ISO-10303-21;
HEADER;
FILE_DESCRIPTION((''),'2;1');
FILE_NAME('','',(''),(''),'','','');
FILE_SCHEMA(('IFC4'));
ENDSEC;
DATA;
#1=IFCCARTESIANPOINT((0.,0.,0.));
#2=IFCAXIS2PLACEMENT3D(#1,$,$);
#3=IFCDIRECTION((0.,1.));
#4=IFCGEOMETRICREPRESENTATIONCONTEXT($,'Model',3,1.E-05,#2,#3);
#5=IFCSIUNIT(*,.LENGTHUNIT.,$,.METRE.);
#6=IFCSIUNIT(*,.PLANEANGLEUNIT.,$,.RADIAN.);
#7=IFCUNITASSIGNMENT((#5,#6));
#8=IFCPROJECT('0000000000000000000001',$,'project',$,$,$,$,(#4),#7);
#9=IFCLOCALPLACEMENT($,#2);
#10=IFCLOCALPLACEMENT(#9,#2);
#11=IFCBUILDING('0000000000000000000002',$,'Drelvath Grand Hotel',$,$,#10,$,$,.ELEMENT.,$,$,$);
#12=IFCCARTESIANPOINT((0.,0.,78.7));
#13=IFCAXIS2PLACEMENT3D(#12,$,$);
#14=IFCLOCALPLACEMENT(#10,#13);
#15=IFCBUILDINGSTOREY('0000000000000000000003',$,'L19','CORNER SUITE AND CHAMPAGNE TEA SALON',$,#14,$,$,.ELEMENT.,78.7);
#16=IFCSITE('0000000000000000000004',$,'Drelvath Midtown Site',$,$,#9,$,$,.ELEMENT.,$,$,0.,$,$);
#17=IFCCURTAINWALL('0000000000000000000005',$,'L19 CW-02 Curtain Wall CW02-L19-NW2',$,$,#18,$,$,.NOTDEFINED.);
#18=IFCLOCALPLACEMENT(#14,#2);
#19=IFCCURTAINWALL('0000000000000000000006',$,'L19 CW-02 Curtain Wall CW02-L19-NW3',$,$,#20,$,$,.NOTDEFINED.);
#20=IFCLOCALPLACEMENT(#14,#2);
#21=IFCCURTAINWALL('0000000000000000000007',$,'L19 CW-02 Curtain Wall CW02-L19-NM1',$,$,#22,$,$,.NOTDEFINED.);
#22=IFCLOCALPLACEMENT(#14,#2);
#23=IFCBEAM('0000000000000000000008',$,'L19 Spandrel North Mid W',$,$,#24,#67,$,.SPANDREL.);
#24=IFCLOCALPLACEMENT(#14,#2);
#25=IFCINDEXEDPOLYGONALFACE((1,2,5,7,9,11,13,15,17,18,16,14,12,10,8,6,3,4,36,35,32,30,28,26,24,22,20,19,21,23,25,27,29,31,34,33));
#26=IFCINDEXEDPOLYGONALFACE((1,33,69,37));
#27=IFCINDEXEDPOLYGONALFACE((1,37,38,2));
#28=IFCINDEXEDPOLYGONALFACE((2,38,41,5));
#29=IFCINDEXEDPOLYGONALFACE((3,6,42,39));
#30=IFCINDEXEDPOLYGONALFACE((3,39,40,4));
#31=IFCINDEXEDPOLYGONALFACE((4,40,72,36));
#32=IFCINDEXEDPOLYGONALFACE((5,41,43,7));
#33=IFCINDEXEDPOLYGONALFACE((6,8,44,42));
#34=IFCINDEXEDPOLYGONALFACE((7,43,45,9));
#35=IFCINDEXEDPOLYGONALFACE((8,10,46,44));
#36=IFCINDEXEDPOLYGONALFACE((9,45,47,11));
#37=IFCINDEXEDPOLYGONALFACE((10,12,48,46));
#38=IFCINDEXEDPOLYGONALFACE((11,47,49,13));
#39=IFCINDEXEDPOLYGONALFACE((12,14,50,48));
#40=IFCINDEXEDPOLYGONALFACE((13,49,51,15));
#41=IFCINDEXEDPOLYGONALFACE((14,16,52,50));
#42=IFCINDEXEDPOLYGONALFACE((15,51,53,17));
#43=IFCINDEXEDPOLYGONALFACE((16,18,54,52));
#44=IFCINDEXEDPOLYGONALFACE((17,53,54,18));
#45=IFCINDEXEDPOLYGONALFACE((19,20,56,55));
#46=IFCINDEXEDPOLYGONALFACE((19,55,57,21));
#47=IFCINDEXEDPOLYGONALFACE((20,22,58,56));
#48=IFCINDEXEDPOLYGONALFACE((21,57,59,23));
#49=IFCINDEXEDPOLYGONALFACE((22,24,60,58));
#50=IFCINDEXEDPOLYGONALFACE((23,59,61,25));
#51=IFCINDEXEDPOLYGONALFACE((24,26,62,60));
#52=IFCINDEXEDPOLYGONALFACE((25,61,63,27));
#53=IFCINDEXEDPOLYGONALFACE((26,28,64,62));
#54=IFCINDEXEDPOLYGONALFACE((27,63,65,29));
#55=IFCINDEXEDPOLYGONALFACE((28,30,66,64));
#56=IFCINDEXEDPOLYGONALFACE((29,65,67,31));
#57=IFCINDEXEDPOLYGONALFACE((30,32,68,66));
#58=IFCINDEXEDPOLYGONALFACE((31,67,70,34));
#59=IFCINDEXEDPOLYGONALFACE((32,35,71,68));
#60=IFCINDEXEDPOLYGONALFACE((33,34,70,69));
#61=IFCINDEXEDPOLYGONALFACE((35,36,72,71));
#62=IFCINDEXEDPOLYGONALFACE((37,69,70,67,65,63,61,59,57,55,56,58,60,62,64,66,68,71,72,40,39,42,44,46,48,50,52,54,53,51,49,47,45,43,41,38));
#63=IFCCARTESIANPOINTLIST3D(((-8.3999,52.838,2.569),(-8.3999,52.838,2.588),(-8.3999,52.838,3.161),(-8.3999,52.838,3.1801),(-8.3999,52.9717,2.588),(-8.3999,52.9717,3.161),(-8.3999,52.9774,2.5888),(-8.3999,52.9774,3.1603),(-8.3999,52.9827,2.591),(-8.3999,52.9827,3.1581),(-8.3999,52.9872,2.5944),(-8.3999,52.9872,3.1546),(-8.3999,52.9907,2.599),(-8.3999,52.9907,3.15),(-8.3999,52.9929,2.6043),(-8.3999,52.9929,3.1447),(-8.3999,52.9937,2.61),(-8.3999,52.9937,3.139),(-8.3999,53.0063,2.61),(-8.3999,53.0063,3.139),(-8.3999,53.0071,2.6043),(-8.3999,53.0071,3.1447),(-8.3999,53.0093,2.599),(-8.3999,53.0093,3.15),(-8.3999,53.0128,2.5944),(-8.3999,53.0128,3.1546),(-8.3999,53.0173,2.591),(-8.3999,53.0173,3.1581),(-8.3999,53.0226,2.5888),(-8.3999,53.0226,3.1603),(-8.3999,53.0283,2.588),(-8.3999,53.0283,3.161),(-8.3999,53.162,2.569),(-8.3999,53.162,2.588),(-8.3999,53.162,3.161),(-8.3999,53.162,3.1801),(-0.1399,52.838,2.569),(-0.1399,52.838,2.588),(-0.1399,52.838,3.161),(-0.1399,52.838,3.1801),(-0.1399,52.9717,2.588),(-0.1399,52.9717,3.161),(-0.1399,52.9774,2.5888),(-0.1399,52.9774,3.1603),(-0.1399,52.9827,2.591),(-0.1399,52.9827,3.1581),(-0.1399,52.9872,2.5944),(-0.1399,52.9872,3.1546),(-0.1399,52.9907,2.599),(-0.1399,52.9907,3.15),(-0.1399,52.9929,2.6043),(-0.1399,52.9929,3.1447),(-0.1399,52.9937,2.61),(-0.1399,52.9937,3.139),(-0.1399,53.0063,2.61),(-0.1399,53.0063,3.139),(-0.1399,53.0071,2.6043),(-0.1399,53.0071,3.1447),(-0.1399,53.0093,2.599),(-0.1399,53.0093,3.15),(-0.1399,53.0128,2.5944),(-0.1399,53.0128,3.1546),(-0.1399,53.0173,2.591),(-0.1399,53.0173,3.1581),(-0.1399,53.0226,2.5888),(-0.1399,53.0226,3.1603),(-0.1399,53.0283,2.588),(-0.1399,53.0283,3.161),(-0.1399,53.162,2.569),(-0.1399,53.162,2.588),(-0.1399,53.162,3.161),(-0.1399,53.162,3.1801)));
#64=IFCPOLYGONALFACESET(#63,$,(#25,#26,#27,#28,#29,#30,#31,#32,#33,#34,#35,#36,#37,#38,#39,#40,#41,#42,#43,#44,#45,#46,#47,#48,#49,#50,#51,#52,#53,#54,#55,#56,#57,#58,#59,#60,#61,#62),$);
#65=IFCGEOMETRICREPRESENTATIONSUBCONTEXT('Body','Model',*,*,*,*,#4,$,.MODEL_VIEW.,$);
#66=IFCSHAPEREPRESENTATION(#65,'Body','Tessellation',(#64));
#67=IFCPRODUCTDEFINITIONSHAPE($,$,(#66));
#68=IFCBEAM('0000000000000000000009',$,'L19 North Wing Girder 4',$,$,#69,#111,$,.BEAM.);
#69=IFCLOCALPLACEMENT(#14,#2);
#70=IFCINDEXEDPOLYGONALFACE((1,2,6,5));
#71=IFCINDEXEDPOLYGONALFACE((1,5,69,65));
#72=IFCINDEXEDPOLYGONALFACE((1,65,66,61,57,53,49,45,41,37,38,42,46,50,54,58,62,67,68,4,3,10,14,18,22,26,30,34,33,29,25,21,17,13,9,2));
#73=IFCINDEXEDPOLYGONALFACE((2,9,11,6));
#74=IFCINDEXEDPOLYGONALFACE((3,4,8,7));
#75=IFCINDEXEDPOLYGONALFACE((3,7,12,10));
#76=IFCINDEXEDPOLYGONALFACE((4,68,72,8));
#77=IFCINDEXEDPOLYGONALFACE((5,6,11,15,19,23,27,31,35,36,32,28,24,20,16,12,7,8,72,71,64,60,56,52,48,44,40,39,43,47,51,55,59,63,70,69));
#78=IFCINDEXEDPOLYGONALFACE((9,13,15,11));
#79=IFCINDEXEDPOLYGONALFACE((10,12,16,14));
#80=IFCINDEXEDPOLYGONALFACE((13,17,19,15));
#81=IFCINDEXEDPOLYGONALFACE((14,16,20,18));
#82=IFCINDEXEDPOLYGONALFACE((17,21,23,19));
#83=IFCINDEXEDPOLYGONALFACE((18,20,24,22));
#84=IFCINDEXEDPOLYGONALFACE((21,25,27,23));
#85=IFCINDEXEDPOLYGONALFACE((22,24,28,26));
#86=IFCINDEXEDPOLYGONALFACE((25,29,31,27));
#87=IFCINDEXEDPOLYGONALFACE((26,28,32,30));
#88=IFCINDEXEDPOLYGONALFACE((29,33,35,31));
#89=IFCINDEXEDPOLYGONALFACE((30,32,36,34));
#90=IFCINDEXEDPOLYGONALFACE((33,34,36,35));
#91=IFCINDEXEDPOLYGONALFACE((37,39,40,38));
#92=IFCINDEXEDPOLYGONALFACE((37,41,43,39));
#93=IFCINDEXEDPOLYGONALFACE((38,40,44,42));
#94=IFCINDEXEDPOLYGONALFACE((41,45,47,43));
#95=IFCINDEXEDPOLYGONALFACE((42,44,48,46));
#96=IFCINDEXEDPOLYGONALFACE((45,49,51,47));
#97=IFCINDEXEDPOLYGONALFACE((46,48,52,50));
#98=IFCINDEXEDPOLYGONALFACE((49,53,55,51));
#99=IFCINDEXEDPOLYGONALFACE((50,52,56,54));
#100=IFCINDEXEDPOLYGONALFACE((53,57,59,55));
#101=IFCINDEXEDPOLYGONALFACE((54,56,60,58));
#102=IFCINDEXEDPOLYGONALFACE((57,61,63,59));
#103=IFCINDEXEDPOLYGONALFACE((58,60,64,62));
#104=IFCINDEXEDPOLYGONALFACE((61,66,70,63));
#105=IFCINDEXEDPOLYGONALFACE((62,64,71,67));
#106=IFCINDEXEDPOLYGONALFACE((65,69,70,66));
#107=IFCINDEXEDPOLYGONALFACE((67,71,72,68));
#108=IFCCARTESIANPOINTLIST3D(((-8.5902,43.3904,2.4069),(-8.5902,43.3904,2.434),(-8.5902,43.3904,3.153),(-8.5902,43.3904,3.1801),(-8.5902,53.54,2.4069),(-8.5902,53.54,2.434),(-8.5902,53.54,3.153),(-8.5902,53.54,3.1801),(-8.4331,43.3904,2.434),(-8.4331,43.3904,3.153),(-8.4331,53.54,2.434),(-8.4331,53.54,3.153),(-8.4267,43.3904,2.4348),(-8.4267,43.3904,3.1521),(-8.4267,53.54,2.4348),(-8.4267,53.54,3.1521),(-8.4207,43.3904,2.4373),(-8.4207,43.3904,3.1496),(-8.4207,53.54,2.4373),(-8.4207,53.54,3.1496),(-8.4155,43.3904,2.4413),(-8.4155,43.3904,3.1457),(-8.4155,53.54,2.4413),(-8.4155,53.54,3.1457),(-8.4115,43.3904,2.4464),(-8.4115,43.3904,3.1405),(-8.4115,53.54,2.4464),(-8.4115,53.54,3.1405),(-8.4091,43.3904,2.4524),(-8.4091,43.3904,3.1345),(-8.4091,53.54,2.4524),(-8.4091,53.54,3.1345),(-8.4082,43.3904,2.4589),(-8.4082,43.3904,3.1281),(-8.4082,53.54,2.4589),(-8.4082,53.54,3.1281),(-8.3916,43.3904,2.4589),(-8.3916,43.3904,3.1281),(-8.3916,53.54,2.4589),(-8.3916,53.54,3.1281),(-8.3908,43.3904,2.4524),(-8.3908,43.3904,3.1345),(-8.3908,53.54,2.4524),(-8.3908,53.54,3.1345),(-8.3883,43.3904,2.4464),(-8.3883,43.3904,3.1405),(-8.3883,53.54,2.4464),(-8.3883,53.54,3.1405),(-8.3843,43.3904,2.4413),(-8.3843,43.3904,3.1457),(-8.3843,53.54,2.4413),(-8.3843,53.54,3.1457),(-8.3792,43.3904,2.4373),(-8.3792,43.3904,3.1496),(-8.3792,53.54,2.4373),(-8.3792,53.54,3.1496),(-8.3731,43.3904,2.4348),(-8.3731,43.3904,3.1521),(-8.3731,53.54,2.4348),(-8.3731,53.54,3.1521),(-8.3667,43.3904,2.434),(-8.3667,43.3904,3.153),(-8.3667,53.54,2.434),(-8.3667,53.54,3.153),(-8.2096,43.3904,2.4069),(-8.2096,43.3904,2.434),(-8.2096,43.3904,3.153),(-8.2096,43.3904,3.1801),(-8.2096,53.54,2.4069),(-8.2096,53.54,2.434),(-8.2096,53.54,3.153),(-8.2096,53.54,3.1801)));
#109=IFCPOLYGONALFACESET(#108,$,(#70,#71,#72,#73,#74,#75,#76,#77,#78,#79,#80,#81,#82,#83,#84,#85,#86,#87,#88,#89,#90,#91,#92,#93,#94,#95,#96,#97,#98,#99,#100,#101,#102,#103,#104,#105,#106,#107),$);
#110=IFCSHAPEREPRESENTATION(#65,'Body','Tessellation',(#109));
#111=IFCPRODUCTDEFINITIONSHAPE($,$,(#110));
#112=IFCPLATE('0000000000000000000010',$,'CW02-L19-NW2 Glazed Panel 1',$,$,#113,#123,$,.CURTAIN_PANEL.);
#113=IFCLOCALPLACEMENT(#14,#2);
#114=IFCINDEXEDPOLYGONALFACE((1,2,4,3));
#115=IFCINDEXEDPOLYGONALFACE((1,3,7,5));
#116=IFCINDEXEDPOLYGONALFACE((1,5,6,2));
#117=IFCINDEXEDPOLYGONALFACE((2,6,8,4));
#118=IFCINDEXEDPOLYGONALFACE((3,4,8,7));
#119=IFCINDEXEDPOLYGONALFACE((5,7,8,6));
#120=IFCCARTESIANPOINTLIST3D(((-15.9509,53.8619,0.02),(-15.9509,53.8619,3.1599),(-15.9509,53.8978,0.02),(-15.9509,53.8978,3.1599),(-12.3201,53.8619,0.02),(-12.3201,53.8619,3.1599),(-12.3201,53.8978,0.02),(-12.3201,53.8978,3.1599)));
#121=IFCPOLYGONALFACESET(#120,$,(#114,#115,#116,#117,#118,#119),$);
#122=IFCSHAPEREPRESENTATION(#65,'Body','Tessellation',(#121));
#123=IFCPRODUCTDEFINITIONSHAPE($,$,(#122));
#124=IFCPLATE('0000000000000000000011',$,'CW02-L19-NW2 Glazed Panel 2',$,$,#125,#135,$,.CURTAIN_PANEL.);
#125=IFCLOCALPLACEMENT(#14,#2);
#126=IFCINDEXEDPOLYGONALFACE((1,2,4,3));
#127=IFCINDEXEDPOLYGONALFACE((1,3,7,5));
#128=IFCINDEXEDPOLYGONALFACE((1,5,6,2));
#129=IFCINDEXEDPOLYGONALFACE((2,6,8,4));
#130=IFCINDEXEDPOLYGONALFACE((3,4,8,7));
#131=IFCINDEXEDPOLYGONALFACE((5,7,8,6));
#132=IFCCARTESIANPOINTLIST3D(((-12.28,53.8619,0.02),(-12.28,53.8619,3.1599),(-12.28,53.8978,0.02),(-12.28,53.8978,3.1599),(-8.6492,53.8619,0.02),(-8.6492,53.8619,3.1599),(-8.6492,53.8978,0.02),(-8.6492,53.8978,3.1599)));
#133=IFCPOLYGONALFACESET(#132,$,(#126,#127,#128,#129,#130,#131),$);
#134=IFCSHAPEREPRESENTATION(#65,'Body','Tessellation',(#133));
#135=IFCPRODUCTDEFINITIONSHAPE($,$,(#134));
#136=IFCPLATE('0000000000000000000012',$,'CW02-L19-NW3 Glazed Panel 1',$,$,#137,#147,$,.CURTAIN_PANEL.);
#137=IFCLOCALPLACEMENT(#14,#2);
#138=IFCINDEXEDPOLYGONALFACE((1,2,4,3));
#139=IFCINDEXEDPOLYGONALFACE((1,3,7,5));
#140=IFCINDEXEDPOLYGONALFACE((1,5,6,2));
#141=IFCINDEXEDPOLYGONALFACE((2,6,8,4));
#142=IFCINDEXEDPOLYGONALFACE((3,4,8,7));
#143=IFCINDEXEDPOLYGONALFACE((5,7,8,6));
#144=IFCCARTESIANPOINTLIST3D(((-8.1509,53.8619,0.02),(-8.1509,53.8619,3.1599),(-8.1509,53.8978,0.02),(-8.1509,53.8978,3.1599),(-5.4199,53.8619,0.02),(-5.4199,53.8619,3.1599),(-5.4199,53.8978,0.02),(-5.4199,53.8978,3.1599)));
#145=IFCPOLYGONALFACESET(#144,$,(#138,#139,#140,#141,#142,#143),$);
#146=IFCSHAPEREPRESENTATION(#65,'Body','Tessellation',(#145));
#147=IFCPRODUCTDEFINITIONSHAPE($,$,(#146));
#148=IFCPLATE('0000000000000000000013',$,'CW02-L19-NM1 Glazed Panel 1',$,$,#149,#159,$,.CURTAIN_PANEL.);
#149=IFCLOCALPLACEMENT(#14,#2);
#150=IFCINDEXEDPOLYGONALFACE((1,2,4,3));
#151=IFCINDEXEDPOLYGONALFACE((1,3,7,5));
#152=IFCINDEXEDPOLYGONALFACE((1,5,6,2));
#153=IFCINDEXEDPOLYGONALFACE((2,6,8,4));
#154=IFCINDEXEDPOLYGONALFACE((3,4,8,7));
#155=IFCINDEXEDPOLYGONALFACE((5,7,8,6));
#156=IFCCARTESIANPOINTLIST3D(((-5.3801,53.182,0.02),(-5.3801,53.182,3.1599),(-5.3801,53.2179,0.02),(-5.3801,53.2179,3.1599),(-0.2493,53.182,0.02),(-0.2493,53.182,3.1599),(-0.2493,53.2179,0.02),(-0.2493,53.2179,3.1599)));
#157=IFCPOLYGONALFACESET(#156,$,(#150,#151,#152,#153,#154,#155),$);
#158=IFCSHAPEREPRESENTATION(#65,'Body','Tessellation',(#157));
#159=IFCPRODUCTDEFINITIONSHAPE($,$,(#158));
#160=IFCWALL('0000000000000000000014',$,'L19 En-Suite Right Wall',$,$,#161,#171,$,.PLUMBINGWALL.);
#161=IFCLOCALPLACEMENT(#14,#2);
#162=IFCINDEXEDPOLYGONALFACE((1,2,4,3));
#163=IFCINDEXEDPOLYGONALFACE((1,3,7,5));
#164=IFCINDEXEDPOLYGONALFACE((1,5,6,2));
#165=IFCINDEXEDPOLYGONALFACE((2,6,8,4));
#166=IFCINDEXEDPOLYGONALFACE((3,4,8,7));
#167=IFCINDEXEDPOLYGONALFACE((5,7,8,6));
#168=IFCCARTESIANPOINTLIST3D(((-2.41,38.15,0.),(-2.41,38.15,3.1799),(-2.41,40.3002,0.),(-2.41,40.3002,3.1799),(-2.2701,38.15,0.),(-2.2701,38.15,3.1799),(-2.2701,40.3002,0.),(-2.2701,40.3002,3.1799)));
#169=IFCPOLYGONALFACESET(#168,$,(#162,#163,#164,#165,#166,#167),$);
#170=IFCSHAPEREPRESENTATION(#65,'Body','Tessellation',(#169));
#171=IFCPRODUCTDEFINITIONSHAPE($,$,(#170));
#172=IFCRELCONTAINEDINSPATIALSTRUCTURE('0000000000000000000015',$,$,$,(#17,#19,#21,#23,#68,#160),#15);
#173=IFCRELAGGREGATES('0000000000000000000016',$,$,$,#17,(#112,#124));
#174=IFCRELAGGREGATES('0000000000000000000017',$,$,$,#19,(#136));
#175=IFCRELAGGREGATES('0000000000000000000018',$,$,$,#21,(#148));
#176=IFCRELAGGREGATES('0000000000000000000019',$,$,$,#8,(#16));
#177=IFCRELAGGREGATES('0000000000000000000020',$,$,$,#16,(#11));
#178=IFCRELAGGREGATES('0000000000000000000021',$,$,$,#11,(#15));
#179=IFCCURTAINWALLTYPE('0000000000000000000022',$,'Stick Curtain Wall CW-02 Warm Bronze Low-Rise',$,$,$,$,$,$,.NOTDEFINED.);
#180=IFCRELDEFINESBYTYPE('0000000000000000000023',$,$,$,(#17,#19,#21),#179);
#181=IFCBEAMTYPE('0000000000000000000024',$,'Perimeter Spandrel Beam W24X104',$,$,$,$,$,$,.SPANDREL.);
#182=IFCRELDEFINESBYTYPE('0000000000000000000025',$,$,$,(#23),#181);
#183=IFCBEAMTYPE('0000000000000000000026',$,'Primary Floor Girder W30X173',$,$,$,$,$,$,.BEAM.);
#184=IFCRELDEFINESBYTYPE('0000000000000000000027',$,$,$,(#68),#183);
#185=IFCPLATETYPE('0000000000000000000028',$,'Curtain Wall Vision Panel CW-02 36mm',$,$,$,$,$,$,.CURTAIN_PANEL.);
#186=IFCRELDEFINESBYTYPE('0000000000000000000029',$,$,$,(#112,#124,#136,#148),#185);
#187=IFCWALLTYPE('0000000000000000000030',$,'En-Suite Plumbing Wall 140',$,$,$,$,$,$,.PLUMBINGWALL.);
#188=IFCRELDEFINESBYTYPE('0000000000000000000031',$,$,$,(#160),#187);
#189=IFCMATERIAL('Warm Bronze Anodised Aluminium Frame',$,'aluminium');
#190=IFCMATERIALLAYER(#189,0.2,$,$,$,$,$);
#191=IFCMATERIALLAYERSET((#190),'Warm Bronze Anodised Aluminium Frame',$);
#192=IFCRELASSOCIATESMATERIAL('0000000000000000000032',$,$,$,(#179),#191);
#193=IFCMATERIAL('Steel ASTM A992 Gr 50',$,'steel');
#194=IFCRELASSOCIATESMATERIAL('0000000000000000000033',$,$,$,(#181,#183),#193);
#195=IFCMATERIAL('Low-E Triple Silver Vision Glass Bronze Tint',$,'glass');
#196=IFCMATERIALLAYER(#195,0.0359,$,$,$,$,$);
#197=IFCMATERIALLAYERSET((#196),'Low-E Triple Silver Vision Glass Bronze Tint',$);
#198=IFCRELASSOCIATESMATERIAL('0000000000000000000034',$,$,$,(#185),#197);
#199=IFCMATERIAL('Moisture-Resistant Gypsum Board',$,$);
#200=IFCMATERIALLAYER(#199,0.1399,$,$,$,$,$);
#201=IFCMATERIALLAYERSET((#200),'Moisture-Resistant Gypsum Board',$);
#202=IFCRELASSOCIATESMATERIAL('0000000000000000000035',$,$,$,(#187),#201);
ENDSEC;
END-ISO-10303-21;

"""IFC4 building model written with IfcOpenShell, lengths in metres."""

from ifc_helpers import new_model, si_unit, direction, frame, frame_2d, origin, origin_2d, place, context, subcontext, project, spatial, rectangle, i_section, extrude, material, layer, layer_set, material_profile, profile_set, type_object, element, aggregate, save


model = new_model("IFC4")

# Units and contexts
model_context = context("Model", 3, precision=1e-05, world=origin(), true_north=direction((0.0, 1.0)))
body_context = subcontext(model_context, "Body", "Model", "MODEL_VIEW")
ifc_project = project(units=[si_unit("LENGTHUNIT", "METRE"), si_unit("PLANEANGLEUNIT", "RADIAN")], contexts=[model_context])

# Site, building, storey
site_placement = place(None, origin())
site = spatial("IfcSite", under=ifc_project, at=site_placement, Name="Drelvath Midtown Site", CompositionType="ELEMENT", RefElevation=0.0)
building_placement = place(site_placement, origin())
building = spatial("IfcBuilding", under=site, at=building_placement, Name="Drelvath Grand Hotel", CompositionType="ELEMENT")
storey_placement = place(building_placement, frame((0.0, 0.0, 78.7)))
storey = spatial("IfcBuildingStorey", under=building, at=storey_placement, Name="L19", Description="CORNER SUITE AND CHAMPAGNE TEA SALON", CompositionType="ELEMENT", Elevation=78.7)

# Curtain walls
ifc_material_1 = material(Name="Warm Bronze Anodised Aluminium Frame", Category="aluminium")
ifc_layer_1 = layer(ifc_material_1, 0.2)
ifc_layer_set_1 = layer_set([ifc_layer_1], Name="Warm Bronze Anodised Aluminium Frame")
curtain_wall_type = type_object("IfcCurtainWallType", Name="Stick Curtain Wall CW-02 Warm Bronze Low-Rise", PredefinedType="NOTDEFINED", material=ifc_layer_set_1)
curtain_wall_1_placement = place(storey_placement, origin())
curtain_wall_1 = element("IfcCurtainWall", 1, at=curtain_wall_1_placement, inside=storey, type_object=curtain_wall_type, Name="L19 CW-02 Curtain Wall CW02-L19-NW2", PredefinedType="NOTDEFINED")
curtain_wall_2_placement = place(storey_placement, origin())
curtain_wall_2 = element("IfcCurtainWall", 2, at=curtain_wall_2_placement, inside=storey, type_object=curtain_wall_type, Name="L19 CW-02 Curtain Wall CW02-L19-NW3", PredefinedType="NOTDEFINED")
curtain_wall_3_placement = place(storey_placement, origin())
curtain_wall_3 = element("IfcCurtainWall", 3, at=curtain_wall_3_placement, inside=storey, type_object=curtain_wall_type, Name="L19 CW-02 Curtain Wall CW02-L19-NM1", PredefinedType="NOTDEFINED")

# Beams
ifc_material_2 = material(Name="Steel ASTM A992 Gr 50", Category="steel")
ifc_material_profile_1 = material_profile(ifc_material_2, i_section(OverallWidth=0.324, OverallDepth=0.6111, WebThickness=0.0127, FlangeThickness=0.019, FilletRadius=0.022, at=origin_2d()), Name="W24X104")
ifc_profile_set_1 = profile_set([ifc_material_profile_1], Name="Steel ASTM A992 Gr 50")
beam_type_1 = type_object("IfcBeamType", Name="Perimeter Spandrel Beam W24X104", PredefinedType="SPANDREL", material=ifc_profile_set_1)
beam_1_placement = place(storey_placement, frame((-8.3999, 53.0, 2.8745), z_axis=(1.0, 0.0, 0.0), x_axis=(0.0, 1.0, 0.0)))
element("IfcBeam", 4, at=beam_1_placement, inside=storey, type_object=beam_type_1, Name="L19 Spandrel North Mid W", PredefinedType="SPANDREL", context=body_context, shape_type="SweptSolid", body=[
    extrude(i_section(OverallWidth=0.324, OverallDepth=0.6111, WebThickness=0.0127, FlangeThickness=0.019, FilletRadius=0.022, at=origin_2d()), origin(), (0.0, 0.0, 1.0), 8.26),
])
ifc_material_profile_2 = material_profile(ifc_material_2, i_section(OverallWidth=0.3806, OverallDepth=0.7732, WebThickness=0.0166, FlangeThickness=0.0271, FilletRadius=0.0249, at=origin_2d()), Name="W30X173")
ifc_profile_set_2 = profile_set([ifc_material_profile_2], Name="Steel ASTM A992 Gr 50")
beam_type_2 = type_object("IfcBeamType", Name="Primary Floor Girder W30X173", PredefinedType="BEAM", material=ifc_profile_set_2)
beam_2_placement = place(storey_placement, frame((-8.3999, 43.3904, 2.7935), z_axis=(0.0, 1.0, 0.0), x_axis=(-1.0, 0.0, 0.0)))
element("IfcBeam", 5, at=beam_2_placement, inside=storey, type_object=beam_type_2, Name="L19 North Wing Girder 4", PredefinedType="BEAM", context=body_context, shape_type="SweptSolid", body=[
    extrude(i_section(OverallWidth=0.3806, OverallDepth=0.7732, WebThickness=0.0166, FlangeThickness=0.0271, FilletRadius=0.0249, at=origin_2d()), origin(), (0.0, 0.0, 1.0), 10.1497),
])

# Plates
ifc_material_3 = material(Name="Low-E Triple Silver Vision Glass Bronze Tint", Category="glass")
ifc_layer_2 = layer(ifc_material_3, 0.0359)
ifc_layer_set_2 = layer_set([ifc_layer_2], Name="Low-E Triple Silver Vision Glass Bronze Tint")
plate_type = type_object("IfcPlateType", Name="Curtain Wall Vision Panel CW-02 36mm", PredefinedType="CURTAIN_PANEL", material=ifc_layer_set_2)
plate_1_placement = place(storey_placement, frame((-14.1355, 53.8799, 0.02), z_axis=(0.0, 0.0, 1.0), x_axis=(1.0, 0.0, 0.0)))
plate_1 = element("IfcPlate", 6, at=plate_1_placement, type_object=plate_type, Name="CW02-L19-NW2 Glazed Panel 1", PredefinedType="CURTAIN_PANEL", context=body_context, shape_type="SweptSolid", body=[
    extrude(rectangle(XDim=3.6309, YDim=0.0359, at=origin_2d()), origin(), (0.0, 0.0, 1.0), 3.1399),
])
plate_2_placement = place(storey_placement, frame((-10.4646, 53.8799, 0.02), z_axis=(0.0, 0.0, 1.0), x_axis=(1.0, 0.0, 0.0)))
plate_2 = element("IfcPlate", 7, at=plate_2_placement, type_object=plate_type, Name="CW02-L19-NW2 Glazed Panel 2", PredefinedType="CURTAIN_PANEL", context=body_context, shape_type="SweptSolid", body=[
    extrude(rectangle(XDim=3.6309, YDim=0.0359, at=origin_2d()), origin(), (0.0, 0.0, 1.0), 3.1399),
])
aggregate(curtain_wall_1, [plate_1, plate_2])
plate_3_placement = place(storey_placement, frame((-6.7854, 53.8799, 0.02), z_axis=(0.0, 0.0, 1.0), x_axis=(1.0, 0.0, 0.0)))
plate_3 = element("IfcPlate", 8, at=plate_3_placement, type_object=plate_type, Name="CW02-L19-NW3 Glazed Panel 1", PredefinedType="CURTAIN_PANEL", context=body_context, shape_type="SweptSolid", body=[
    extrude(rectangle(XDim=2.731, YDim=0.0359, at=origin_2d()), origin(), (0.0, 0.0, 1.0), 3.1399),
])
aggregate(curtain_wall_2, [plate_3])
plate_4_placement = place(storey_placement, frame((-2.8147, 53.2, 0.02), z_axis=(0.0, 0.0, 1.0), x_axis=(1.0, 0.0, 0.0)))
plate_4 = element("IfcPlate", 9, at=plate_4_placement, type_object=plate_type, Name="CW02-L19-NM1 Glazed Panel 1", PredefinedType="CURTAIN_PANEL", context=body_context, shape_type="SweptSolid", body=[
    extrude(rectangle(XDim=5.1309, YDim=0.0359, at=origin_2d()), origin(), (0.0, 0.0, 1.0), 3.1399),
])
aggregate(curtain_wall_3, [plate_4])

# Wall
ifc_material_4 = material(Name="Moisture-Resistant Gypsum Board")
ifc_layer_3 = layer(ifc_material_4, 0.1399)
ifc_layer_set_3 = layer_set([ifc_layer_3], Name="Moisture-Resistant Gypsum Board")
wall_type_1 = type_object("IfcWallType", Name="En-Suite Plumbing Wall 140", PredefinedType="PLUMBINGWALL", material=ifc_layer_set_3)
wall_1_placement = place(storey_placement, frame((-2.3401, 38.1499, 0.0), z_axis=(0.0, 0.0, 1.0), x_axis=(0.0, 1.0, 0.0)))
element("IfcWall", 10, at=wall_1_placement, inside=storey, type_object=wall_type_1, Name="L19 En-Suite Right Wall", PredefinedType="PLUMBINGWALL", context=body_context, shape_type="SweptSolid", body=[
    extrude(rectangle(XDim=2.1501, YDim=0.1399, at=frame_2d((1.0752, 0.0))), origin(), (0.0, 0.0, 1.0), 3.1799),
])

save(model, "model.ifc")
